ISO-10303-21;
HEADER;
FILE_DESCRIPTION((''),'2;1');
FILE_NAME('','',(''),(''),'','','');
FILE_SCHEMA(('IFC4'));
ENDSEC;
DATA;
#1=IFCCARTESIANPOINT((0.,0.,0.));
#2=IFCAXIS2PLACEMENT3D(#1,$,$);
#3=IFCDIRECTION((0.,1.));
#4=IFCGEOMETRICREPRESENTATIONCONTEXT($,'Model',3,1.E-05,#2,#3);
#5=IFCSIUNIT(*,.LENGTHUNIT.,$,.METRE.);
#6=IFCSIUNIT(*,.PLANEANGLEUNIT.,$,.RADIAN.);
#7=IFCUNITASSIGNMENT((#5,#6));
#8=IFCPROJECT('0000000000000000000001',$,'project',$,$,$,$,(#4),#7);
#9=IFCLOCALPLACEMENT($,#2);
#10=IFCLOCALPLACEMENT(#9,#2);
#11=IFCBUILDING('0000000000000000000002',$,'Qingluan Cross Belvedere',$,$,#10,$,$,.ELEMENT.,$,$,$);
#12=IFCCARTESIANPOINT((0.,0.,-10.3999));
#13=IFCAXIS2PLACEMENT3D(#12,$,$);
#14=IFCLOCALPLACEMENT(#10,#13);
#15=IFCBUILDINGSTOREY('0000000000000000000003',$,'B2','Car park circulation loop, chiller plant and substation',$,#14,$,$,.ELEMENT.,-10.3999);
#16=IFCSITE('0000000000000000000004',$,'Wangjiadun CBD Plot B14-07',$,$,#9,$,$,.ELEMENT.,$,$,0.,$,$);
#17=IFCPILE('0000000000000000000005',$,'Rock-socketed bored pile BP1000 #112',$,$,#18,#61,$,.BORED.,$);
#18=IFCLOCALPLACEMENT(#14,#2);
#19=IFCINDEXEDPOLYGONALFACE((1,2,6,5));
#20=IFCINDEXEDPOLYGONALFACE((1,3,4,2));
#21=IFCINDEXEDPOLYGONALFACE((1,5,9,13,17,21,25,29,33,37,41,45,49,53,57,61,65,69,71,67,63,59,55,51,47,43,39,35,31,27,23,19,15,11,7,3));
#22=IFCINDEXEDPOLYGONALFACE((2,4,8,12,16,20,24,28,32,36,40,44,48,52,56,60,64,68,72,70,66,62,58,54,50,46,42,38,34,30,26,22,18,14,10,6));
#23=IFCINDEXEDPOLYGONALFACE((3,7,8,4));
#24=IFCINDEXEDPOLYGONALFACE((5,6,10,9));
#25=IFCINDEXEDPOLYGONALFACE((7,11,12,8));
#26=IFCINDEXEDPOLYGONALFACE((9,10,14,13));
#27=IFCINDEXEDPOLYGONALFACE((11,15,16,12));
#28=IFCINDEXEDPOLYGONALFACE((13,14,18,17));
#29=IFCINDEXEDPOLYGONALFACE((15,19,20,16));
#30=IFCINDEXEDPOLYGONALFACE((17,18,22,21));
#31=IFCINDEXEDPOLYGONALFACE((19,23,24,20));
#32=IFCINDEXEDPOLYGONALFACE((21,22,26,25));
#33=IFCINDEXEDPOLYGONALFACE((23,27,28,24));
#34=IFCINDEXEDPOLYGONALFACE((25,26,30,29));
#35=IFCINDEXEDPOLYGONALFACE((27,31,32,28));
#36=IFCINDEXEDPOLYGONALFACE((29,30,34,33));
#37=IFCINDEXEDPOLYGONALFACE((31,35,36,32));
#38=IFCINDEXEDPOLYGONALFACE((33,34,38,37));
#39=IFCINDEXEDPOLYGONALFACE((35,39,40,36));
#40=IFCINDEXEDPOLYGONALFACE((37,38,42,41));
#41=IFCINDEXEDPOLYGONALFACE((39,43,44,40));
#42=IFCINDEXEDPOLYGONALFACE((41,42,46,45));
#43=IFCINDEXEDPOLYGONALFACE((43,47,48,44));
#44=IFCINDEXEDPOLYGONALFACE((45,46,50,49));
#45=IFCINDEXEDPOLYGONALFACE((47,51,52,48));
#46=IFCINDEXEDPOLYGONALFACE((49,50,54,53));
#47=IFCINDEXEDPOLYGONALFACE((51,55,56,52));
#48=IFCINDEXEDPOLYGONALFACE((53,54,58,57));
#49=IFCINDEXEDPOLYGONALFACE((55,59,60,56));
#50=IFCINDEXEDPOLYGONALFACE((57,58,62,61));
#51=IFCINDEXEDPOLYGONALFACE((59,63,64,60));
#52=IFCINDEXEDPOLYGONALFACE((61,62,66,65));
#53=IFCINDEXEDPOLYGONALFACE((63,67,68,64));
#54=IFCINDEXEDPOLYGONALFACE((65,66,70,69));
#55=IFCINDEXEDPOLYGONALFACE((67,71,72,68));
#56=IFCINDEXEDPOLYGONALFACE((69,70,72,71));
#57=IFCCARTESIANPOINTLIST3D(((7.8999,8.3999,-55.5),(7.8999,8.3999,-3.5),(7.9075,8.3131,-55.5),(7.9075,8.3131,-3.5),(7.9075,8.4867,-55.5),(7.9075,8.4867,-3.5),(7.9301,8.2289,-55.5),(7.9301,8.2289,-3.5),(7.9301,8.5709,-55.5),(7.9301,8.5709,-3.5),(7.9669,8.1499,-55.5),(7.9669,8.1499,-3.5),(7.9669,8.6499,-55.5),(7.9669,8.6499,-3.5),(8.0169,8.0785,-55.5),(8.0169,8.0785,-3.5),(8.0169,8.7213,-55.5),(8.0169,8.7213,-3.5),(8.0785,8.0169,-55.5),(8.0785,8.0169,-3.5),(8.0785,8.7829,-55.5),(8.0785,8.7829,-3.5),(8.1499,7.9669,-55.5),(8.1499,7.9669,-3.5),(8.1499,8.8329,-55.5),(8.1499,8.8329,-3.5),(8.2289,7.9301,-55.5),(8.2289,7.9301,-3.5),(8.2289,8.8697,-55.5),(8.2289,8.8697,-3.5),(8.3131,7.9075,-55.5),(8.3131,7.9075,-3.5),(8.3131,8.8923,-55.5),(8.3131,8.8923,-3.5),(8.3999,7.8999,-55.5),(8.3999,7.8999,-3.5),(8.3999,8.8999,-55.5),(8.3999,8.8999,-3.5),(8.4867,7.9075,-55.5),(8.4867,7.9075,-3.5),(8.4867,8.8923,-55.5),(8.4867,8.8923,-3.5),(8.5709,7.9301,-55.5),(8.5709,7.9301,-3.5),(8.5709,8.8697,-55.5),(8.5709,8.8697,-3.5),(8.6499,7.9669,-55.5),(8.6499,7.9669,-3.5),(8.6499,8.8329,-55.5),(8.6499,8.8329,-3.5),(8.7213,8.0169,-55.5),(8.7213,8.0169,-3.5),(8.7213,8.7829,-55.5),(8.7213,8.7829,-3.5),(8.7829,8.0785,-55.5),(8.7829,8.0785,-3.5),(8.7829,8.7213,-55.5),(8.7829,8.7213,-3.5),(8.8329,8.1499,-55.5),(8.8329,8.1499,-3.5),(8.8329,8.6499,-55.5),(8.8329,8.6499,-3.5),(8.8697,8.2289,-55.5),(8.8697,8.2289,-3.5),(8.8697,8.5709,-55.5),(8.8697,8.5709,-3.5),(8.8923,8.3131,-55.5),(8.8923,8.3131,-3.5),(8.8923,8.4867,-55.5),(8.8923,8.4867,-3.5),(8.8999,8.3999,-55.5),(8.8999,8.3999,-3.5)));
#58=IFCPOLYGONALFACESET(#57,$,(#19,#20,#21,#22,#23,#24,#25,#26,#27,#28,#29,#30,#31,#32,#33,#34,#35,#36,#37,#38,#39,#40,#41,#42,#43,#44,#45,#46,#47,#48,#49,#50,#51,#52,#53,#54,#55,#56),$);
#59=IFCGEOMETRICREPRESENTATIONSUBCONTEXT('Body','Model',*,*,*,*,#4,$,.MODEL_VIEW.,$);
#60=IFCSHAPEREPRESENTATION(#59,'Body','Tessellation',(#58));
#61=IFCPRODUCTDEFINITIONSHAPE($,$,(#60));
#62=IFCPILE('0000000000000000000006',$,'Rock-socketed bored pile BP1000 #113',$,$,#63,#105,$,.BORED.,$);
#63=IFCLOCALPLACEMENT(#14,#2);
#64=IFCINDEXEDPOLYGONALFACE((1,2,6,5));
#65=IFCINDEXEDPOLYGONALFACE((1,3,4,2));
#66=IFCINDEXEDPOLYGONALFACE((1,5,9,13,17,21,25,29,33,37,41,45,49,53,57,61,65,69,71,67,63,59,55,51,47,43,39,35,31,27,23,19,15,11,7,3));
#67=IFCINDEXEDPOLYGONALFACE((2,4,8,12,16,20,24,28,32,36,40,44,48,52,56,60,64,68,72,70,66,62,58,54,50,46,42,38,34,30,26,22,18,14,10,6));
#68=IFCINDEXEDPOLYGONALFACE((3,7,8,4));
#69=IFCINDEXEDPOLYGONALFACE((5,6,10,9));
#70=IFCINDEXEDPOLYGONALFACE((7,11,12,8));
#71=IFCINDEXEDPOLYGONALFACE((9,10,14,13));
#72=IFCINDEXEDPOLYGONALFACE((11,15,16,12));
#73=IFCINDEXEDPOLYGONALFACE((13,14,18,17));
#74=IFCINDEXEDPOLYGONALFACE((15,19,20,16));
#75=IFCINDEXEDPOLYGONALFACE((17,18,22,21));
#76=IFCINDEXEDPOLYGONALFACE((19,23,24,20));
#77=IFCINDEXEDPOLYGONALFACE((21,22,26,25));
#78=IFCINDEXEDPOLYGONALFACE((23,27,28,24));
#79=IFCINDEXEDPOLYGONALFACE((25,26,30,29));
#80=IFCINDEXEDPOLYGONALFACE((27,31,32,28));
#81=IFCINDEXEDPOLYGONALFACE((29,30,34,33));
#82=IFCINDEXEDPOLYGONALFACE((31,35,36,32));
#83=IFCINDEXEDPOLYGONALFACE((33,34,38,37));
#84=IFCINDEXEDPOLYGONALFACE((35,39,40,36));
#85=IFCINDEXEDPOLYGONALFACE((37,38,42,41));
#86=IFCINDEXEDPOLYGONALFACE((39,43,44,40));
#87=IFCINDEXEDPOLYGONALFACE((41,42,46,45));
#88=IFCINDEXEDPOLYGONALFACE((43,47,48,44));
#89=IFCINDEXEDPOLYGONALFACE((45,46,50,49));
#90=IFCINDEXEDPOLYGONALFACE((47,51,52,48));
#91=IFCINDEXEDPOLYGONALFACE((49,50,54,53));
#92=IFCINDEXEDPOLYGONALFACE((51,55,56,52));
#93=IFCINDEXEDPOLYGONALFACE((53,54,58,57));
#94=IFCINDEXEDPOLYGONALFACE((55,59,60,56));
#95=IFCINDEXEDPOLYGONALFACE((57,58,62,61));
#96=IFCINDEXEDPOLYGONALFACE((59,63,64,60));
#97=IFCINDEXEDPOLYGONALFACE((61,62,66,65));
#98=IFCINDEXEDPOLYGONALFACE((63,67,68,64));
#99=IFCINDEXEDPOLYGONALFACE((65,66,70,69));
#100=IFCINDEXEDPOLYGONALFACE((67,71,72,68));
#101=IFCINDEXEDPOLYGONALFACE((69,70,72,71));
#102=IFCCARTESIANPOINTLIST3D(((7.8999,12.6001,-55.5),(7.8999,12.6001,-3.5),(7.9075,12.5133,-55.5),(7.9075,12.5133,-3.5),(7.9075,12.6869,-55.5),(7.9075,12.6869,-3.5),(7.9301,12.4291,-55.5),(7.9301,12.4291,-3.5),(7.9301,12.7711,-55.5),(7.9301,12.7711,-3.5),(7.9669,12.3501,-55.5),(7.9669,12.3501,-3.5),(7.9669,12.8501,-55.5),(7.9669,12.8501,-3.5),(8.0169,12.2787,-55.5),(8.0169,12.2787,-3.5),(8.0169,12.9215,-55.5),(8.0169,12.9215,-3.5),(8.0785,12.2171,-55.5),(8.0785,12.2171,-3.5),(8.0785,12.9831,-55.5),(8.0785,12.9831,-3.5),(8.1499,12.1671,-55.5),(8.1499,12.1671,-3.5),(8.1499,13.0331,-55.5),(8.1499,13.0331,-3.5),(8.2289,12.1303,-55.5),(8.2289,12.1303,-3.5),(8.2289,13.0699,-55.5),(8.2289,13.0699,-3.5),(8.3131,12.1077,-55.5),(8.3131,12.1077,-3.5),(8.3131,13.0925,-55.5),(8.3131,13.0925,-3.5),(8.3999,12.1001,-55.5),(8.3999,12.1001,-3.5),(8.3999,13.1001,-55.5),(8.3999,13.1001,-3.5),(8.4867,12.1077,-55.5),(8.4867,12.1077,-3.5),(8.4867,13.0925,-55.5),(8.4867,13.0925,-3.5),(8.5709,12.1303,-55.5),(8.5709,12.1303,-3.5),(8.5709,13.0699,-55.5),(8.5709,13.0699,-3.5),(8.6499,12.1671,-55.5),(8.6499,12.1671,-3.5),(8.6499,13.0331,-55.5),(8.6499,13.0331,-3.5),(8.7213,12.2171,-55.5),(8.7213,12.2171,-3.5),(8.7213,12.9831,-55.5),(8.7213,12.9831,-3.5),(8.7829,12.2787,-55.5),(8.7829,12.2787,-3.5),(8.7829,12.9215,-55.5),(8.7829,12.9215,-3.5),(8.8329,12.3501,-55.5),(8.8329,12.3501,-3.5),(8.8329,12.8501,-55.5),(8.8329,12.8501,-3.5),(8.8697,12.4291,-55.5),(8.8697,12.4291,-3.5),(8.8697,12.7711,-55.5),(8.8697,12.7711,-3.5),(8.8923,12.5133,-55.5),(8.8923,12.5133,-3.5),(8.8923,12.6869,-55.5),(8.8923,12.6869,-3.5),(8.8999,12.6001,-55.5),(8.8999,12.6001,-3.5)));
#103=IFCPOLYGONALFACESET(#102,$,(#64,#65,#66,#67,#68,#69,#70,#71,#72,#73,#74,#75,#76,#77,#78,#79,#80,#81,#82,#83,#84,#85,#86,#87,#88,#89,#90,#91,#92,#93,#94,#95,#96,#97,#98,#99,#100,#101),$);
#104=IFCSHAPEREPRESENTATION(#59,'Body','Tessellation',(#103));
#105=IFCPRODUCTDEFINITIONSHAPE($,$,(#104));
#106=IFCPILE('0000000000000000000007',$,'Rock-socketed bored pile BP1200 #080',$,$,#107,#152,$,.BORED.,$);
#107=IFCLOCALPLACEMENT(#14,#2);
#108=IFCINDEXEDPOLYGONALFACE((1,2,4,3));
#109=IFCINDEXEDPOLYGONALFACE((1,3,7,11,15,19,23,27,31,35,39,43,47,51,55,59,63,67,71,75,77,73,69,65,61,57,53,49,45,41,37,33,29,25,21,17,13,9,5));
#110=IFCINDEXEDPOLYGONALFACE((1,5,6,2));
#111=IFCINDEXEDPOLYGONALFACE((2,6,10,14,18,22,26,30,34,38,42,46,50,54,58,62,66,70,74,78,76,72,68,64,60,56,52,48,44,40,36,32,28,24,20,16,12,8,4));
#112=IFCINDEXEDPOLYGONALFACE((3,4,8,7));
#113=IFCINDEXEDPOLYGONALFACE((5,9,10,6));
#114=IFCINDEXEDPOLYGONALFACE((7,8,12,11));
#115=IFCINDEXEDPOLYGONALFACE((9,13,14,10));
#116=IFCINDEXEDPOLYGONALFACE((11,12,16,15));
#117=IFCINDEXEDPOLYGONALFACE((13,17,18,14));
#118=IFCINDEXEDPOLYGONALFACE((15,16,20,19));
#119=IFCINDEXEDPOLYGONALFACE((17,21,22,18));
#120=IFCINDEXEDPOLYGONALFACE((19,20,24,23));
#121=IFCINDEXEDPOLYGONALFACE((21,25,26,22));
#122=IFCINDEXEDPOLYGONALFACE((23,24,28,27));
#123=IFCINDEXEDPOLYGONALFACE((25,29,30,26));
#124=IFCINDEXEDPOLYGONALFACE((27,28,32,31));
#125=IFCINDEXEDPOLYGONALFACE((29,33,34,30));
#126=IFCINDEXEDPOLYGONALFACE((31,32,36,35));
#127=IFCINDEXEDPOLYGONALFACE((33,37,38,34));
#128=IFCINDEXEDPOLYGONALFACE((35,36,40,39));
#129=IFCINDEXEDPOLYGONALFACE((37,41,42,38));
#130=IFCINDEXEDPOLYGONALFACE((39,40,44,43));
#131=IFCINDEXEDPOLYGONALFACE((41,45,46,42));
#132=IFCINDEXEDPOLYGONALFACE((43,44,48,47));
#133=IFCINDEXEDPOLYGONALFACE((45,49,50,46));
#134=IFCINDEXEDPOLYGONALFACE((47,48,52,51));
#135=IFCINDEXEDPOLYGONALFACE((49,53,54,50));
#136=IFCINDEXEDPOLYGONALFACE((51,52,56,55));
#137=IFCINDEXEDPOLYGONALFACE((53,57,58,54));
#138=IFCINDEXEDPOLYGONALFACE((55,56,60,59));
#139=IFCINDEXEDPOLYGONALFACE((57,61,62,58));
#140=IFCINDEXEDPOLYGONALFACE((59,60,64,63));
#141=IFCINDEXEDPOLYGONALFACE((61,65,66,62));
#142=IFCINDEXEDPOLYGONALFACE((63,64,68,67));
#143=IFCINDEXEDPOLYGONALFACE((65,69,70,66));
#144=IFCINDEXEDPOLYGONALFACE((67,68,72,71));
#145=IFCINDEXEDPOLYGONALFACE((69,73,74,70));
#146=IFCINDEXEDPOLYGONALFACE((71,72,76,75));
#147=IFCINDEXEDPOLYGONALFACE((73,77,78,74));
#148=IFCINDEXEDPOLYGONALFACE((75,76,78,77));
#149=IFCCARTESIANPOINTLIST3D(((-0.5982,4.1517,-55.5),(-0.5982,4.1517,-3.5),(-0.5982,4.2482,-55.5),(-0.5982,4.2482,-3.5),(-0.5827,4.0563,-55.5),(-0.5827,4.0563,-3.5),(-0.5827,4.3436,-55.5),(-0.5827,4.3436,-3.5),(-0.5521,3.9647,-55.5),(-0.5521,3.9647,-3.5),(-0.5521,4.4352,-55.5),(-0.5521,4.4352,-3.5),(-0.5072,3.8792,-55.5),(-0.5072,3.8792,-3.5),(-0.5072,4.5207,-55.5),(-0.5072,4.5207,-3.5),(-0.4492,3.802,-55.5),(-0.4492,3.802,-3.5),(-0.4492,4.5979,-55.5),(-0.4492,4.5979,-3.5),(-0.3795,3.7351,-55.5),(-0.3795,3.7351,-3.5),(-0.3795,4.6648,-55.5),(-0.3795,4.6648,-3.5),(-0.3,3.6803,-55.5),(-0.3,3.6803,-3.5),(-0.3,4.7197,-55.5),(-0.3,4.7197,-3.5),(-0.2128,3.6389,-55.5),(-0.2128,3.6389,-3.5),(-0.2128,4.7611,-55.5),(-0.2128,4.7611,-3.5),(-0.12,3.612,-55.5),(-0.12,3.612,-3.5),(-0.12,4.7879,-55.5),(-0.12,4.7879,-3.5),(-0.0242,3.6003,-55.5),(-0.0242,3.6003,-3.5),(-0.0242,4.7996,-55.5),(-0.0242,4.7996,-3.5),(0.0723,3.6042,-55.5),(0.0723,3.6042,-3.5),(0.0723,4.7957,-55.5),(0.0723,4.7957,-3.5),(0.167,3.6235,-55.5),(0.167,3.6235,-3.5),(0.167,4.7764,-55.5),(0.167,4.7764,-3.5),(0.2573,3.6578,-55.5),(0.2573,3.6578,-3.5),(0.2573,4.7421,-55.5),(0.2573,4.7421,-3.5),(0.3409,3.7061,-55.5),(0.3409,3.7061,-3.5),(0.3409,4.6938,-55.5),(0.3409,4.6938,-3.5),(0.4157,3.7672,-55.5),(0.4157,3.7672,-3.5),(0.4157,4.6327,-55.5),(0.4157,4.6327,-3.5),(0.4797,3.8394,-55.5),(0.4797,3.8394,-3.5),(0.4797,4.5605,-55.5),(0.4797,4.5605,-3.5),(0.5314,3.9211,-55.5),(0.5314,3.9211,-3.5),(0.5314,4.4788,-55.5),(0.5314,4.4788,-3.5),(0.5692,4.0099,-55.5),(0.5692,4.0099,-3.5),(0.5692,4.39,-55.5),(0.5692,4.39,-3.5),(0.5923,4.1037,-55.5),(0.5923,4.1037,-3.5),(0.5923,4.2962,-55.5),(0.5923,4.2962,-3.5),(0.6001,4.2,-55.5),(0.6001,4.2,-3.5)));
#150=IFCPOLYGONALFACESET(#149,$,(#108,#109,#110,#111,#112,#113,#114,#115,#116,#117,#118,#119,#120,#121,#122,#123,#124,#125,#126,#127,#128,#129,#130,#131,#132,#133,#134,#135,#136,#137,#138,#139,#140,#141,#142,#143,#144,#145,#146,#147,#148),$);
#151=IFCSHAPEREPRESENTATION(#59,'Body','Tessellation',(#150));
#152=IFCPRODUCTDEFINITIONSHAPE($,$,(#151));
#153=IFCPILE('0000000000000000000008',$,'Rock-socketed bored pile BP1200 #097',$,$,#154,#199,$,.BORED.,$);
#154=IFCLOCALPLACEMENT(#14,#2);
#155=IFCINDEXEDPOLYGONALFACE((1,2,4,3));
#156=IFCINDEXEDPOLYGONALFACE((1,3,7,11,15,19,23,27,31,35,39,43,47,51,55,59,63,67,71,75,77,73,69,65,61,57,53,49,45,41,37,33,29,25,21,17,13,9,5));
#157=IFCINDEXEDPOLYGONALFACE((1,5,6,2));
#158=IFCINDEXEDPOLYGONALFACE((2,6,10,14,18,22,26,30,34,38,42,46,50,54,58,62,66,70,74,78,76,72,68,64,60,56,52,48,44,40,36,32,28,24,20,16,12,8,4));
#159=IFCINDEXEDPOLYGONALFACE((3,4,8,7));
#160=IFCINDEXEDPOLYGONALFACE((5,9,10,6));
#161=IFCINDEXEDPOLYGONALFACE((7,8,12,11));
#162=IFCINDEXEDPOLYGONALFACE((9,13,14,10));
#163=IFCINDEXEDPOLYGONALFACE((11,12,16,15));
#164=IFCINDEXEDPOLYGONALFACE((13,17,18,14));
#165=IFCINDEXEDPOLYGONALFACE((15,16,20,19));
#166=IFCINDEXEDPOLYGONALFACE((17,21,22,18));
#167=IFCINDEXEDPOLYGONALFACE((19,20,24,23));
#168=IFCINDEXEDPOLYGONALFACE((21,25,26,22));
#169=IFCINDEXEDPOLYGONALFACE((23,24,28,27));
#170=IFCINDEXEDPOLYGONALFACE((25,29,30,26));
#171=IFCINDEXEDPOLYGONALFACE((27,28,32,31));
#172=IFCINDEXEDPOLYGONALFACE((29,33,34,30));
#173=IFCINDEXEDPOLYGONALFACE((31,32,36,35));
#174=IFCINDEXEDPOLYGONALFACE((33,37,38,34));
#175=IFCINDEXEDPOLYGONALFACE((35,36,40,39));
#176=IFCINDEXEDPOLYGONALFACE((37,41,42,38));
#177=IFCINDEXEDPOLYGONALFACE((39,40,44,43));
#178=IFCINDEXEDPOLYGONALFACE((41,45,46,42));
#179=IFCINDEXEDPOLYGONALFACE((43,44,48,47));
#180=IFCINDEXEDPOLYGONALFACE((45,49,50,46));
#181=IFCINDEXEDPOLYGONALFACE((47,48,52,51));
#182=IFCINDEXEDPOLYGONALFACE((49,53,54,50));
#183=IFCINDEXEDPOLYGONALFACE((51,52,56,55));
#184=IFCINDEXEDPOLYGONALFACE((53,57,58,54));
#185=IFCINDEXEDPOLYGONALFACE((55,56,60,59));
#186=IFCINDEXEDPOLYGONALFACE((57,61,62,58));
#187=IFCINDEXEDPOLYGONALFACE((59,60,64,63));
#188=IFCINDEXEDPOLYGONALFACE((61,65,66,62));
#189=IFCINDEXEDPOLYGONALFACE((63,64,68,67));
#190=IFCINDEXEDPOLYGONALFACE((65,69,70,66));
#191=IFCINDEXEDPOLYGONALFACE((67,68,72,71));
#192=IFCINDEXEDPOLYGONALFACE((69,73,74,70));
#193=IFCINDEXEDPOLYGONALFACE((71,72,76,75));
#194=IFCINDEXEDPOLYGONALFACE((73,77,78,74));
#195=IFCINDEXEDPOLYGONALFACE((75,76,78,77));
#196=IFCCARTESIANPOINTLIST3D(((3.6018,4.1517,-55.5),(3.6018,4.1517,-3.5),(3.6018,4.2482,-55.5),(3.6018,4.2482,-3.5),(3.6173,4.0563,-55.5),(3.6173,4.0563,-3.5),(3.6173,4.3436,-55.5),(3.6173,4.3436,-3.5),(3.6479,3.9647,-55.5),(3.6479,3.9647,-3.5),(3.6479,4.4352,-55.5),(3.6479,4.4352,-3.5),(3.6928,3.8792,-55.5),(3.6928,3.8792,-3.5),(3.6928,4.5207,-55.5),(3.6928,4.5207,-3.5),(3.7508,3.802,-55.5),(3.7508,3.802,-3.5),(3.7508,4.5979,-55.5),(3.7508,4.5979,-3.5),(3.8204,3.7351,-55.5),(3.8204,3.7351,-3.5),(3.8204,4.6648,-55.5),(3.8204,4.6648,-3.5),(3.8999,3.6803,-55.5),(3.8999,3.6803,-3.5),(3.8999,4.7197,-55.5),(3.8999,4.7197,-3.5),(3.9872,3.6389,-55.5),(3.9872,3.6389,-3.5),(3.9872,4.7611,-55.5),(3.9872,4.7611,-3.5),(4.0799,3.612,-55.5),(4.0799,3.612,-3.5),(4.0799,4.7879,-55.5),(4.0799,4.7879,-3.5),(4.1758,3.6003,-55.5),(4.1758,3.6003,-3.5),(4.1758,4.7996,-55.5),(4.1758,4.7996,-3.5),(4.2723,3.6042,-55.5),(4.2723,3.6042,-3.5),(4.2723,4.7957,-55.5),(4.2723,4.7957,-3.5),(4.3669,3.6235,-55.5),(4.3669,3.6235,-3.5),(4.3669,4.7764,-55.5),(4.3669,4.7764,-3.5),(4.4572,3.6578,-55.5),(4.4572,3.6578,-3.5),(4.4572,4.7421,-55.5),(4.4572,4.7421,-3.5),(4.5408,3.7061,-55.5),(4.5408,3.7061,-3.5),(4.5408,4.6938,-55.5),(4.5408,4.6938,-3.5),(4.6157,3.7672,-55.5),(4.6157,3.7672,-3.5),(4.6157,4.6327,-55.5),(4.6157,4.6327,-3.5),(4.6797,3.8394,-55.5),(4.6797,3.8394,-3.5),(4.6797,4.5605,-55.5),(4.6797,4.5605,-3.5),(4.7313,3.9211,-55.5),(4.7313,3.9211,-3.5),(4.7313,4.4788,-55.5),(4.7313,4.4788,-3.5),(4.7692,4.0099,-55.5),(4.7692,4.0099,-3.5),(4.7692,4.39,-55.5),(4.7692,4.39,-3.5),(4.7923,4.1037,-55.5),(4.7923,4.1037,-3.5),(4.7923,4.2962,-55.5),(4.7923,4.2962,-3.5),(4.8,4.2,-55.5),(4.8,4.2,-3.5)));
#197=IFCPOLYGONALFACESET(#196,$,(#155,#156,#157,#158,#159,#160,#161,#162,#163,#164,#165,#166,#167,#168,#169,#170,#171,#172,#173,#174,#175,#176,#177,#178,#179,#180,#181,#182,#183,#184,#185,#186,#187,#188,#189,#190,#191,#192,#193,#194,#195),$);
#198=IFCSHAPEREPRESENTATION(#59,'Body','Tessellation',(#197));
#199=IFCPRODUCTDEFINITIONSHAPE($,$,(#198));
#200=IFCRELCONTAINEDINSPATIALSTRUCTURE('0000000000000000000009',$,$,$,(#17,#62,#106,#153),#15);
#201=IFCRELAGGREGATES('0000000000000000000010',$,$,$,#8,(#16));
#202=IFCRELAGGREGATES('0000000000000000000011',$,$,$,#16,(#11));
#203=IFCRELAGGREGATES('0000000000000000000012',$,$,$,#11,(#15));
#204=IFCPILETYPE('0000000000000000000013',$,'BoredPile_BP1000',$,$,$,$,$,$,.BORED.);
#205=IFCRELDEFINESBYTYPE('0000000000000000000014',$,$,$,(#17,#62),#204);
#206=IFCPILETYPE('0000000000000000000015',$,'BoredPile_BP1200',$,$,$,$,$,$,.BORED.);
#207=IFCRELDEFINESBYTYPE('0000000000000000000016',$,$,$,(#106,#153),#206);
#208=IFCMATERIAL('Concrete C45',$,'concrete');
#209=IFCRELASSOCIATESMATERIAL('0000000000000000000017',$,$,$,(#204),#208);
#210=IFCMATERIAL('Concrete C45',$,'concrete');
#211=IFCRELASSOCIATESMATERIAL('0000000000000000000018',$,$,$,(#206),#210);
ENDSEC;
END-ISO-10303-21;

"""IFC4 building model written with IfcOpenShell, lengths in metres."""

from ifc_helpers import new_model, si_unit, direction, frame, origin, origin_2d, place, context, subcontext, project, spatial, circle, extrude, material, material_profile, profile_set, type_object, element, save


model = new_model("IFC4")

# Units and contexts
model_context = context("Model", 3, precision=1e-05, world=origin(), true_north=direction((0.0, 1.0)))
body_context = subcontext(model_context, "Body", "Model", "MODEL_VIEW")
ifc_project = project(units=[si_unit("LENGTHUNIT", "METRE"), si_unit("PLANEANGLEUNIT", "RADIAN")], contexts=[model_context])

# Site, building, storey
site_placement = place(None, origin())
site = spatial("IfcSite", under=ifc_project, at=site_placement, Name="Wangjiadun CBD Plot B14-07", CompositionType="ELEMENT", RefElevation=0.0)
building_placement = place(site_placement, origin())
building = spatial("IfcBuilding", under=site, at=building_placement, Name="Qingluan Cross Belvedere", CompositionType="ELEMENT")
storey_placement = place(building_placement, frame((0.0, 0.0, -10.3999)))
storey = spatial("IfcBuildingStorey", under=building, at=storey_placement, Name="B2", Description="Car park circulation loop, chiller plant and substation", CompositionType="ELEMENT", Elevation=-10.3999)

# Piles
ifc_material_1 = material(Name="Concrete C45", Category="concrete")
ifc_material_profile_1 = material_profile(ifc_material_1, circle(Radius=0.5, at=origin_2d()), Name="BP1000")
ifc_profile_set_1 = profile_set([ifc_material_profile_1], Name="Concrete C45")
pile_type_1 = type_object("IfcPileType", Name="BoredPile_BP1000", PredefinedType="BORED", material=ifc_profile_set_1)
for number, where, z_axis, x_axis, name in (
    (1, (8.3999, 8.3999, -3.5), (0.0, 0.0, -1.0), (1.0, 0.0, 0.0), "Rock-socketed bored pile BP1000 #112"),
    (2, (8.3999, 12.6001, -3.5), (0.0, 0.0, -1.0), (1.0, 0.0, 0.0), "Rock-socketed bored pile BP1000 #113"),
):
    element("IfcPile", number, at=place(storey_placement, frame(where, z_axis=z_axis, x_axis=x_axis)), inside=storey, type_object=pile_type_1, Name=name, PredefinedType="BORED", context=body_context, shape_type="SweptSolid", body=[
        extrude(circle(Radius=0.5, at=origin_2d()), origin(), (0.0, 0.0, 1.0), 52.0),
    ])
ifc_material_2 = material(Name="Concrete C45", Category="concrete")
ifc_material_profile_2 = material_profile(ifc_material_2, circle(Radius=0.6001, at=origin_2d()), Name="BP1200")
ifc_profile_set_2 = profile_set([ifc_material_profile_2], Name="Concrete C45")
pile_type_2 = type_object("IfcPileType", Name="BoredPile_BP1200", PredefinedType="BORED", material=ifc_profile_set_2)
for number, where, z_axis, x_axis, name in (
    (3, (0.0, 4.2, -3.5), (0.0, 0.0, -1.0), (1.0, 0.0, 0.0), "Rock-socketed bored pile BP1200 #080"),
    (4, (4.2, 4.2, -3.5), (0.0, 0.0, -1.0), (1.0, 0.0, 0.0), "Rock-socketed bored pile BP1200 #097"),
):
    element("IfcPile", number, at=place(storey_placement, frame(where, z_axis=z_axis, x_axis=x_axis)), inside=storey, type_object=pile_type_2, Name=name, PredefinedType="BORED", context=body_context, shape_type="SweptSolid", body=[
        extrude(circle(Radius=0.6001, at=origin_2d()), origin(), (0.0, 0.0, 1.0), 52.0),
    ])

save(model, "model.ifc")
